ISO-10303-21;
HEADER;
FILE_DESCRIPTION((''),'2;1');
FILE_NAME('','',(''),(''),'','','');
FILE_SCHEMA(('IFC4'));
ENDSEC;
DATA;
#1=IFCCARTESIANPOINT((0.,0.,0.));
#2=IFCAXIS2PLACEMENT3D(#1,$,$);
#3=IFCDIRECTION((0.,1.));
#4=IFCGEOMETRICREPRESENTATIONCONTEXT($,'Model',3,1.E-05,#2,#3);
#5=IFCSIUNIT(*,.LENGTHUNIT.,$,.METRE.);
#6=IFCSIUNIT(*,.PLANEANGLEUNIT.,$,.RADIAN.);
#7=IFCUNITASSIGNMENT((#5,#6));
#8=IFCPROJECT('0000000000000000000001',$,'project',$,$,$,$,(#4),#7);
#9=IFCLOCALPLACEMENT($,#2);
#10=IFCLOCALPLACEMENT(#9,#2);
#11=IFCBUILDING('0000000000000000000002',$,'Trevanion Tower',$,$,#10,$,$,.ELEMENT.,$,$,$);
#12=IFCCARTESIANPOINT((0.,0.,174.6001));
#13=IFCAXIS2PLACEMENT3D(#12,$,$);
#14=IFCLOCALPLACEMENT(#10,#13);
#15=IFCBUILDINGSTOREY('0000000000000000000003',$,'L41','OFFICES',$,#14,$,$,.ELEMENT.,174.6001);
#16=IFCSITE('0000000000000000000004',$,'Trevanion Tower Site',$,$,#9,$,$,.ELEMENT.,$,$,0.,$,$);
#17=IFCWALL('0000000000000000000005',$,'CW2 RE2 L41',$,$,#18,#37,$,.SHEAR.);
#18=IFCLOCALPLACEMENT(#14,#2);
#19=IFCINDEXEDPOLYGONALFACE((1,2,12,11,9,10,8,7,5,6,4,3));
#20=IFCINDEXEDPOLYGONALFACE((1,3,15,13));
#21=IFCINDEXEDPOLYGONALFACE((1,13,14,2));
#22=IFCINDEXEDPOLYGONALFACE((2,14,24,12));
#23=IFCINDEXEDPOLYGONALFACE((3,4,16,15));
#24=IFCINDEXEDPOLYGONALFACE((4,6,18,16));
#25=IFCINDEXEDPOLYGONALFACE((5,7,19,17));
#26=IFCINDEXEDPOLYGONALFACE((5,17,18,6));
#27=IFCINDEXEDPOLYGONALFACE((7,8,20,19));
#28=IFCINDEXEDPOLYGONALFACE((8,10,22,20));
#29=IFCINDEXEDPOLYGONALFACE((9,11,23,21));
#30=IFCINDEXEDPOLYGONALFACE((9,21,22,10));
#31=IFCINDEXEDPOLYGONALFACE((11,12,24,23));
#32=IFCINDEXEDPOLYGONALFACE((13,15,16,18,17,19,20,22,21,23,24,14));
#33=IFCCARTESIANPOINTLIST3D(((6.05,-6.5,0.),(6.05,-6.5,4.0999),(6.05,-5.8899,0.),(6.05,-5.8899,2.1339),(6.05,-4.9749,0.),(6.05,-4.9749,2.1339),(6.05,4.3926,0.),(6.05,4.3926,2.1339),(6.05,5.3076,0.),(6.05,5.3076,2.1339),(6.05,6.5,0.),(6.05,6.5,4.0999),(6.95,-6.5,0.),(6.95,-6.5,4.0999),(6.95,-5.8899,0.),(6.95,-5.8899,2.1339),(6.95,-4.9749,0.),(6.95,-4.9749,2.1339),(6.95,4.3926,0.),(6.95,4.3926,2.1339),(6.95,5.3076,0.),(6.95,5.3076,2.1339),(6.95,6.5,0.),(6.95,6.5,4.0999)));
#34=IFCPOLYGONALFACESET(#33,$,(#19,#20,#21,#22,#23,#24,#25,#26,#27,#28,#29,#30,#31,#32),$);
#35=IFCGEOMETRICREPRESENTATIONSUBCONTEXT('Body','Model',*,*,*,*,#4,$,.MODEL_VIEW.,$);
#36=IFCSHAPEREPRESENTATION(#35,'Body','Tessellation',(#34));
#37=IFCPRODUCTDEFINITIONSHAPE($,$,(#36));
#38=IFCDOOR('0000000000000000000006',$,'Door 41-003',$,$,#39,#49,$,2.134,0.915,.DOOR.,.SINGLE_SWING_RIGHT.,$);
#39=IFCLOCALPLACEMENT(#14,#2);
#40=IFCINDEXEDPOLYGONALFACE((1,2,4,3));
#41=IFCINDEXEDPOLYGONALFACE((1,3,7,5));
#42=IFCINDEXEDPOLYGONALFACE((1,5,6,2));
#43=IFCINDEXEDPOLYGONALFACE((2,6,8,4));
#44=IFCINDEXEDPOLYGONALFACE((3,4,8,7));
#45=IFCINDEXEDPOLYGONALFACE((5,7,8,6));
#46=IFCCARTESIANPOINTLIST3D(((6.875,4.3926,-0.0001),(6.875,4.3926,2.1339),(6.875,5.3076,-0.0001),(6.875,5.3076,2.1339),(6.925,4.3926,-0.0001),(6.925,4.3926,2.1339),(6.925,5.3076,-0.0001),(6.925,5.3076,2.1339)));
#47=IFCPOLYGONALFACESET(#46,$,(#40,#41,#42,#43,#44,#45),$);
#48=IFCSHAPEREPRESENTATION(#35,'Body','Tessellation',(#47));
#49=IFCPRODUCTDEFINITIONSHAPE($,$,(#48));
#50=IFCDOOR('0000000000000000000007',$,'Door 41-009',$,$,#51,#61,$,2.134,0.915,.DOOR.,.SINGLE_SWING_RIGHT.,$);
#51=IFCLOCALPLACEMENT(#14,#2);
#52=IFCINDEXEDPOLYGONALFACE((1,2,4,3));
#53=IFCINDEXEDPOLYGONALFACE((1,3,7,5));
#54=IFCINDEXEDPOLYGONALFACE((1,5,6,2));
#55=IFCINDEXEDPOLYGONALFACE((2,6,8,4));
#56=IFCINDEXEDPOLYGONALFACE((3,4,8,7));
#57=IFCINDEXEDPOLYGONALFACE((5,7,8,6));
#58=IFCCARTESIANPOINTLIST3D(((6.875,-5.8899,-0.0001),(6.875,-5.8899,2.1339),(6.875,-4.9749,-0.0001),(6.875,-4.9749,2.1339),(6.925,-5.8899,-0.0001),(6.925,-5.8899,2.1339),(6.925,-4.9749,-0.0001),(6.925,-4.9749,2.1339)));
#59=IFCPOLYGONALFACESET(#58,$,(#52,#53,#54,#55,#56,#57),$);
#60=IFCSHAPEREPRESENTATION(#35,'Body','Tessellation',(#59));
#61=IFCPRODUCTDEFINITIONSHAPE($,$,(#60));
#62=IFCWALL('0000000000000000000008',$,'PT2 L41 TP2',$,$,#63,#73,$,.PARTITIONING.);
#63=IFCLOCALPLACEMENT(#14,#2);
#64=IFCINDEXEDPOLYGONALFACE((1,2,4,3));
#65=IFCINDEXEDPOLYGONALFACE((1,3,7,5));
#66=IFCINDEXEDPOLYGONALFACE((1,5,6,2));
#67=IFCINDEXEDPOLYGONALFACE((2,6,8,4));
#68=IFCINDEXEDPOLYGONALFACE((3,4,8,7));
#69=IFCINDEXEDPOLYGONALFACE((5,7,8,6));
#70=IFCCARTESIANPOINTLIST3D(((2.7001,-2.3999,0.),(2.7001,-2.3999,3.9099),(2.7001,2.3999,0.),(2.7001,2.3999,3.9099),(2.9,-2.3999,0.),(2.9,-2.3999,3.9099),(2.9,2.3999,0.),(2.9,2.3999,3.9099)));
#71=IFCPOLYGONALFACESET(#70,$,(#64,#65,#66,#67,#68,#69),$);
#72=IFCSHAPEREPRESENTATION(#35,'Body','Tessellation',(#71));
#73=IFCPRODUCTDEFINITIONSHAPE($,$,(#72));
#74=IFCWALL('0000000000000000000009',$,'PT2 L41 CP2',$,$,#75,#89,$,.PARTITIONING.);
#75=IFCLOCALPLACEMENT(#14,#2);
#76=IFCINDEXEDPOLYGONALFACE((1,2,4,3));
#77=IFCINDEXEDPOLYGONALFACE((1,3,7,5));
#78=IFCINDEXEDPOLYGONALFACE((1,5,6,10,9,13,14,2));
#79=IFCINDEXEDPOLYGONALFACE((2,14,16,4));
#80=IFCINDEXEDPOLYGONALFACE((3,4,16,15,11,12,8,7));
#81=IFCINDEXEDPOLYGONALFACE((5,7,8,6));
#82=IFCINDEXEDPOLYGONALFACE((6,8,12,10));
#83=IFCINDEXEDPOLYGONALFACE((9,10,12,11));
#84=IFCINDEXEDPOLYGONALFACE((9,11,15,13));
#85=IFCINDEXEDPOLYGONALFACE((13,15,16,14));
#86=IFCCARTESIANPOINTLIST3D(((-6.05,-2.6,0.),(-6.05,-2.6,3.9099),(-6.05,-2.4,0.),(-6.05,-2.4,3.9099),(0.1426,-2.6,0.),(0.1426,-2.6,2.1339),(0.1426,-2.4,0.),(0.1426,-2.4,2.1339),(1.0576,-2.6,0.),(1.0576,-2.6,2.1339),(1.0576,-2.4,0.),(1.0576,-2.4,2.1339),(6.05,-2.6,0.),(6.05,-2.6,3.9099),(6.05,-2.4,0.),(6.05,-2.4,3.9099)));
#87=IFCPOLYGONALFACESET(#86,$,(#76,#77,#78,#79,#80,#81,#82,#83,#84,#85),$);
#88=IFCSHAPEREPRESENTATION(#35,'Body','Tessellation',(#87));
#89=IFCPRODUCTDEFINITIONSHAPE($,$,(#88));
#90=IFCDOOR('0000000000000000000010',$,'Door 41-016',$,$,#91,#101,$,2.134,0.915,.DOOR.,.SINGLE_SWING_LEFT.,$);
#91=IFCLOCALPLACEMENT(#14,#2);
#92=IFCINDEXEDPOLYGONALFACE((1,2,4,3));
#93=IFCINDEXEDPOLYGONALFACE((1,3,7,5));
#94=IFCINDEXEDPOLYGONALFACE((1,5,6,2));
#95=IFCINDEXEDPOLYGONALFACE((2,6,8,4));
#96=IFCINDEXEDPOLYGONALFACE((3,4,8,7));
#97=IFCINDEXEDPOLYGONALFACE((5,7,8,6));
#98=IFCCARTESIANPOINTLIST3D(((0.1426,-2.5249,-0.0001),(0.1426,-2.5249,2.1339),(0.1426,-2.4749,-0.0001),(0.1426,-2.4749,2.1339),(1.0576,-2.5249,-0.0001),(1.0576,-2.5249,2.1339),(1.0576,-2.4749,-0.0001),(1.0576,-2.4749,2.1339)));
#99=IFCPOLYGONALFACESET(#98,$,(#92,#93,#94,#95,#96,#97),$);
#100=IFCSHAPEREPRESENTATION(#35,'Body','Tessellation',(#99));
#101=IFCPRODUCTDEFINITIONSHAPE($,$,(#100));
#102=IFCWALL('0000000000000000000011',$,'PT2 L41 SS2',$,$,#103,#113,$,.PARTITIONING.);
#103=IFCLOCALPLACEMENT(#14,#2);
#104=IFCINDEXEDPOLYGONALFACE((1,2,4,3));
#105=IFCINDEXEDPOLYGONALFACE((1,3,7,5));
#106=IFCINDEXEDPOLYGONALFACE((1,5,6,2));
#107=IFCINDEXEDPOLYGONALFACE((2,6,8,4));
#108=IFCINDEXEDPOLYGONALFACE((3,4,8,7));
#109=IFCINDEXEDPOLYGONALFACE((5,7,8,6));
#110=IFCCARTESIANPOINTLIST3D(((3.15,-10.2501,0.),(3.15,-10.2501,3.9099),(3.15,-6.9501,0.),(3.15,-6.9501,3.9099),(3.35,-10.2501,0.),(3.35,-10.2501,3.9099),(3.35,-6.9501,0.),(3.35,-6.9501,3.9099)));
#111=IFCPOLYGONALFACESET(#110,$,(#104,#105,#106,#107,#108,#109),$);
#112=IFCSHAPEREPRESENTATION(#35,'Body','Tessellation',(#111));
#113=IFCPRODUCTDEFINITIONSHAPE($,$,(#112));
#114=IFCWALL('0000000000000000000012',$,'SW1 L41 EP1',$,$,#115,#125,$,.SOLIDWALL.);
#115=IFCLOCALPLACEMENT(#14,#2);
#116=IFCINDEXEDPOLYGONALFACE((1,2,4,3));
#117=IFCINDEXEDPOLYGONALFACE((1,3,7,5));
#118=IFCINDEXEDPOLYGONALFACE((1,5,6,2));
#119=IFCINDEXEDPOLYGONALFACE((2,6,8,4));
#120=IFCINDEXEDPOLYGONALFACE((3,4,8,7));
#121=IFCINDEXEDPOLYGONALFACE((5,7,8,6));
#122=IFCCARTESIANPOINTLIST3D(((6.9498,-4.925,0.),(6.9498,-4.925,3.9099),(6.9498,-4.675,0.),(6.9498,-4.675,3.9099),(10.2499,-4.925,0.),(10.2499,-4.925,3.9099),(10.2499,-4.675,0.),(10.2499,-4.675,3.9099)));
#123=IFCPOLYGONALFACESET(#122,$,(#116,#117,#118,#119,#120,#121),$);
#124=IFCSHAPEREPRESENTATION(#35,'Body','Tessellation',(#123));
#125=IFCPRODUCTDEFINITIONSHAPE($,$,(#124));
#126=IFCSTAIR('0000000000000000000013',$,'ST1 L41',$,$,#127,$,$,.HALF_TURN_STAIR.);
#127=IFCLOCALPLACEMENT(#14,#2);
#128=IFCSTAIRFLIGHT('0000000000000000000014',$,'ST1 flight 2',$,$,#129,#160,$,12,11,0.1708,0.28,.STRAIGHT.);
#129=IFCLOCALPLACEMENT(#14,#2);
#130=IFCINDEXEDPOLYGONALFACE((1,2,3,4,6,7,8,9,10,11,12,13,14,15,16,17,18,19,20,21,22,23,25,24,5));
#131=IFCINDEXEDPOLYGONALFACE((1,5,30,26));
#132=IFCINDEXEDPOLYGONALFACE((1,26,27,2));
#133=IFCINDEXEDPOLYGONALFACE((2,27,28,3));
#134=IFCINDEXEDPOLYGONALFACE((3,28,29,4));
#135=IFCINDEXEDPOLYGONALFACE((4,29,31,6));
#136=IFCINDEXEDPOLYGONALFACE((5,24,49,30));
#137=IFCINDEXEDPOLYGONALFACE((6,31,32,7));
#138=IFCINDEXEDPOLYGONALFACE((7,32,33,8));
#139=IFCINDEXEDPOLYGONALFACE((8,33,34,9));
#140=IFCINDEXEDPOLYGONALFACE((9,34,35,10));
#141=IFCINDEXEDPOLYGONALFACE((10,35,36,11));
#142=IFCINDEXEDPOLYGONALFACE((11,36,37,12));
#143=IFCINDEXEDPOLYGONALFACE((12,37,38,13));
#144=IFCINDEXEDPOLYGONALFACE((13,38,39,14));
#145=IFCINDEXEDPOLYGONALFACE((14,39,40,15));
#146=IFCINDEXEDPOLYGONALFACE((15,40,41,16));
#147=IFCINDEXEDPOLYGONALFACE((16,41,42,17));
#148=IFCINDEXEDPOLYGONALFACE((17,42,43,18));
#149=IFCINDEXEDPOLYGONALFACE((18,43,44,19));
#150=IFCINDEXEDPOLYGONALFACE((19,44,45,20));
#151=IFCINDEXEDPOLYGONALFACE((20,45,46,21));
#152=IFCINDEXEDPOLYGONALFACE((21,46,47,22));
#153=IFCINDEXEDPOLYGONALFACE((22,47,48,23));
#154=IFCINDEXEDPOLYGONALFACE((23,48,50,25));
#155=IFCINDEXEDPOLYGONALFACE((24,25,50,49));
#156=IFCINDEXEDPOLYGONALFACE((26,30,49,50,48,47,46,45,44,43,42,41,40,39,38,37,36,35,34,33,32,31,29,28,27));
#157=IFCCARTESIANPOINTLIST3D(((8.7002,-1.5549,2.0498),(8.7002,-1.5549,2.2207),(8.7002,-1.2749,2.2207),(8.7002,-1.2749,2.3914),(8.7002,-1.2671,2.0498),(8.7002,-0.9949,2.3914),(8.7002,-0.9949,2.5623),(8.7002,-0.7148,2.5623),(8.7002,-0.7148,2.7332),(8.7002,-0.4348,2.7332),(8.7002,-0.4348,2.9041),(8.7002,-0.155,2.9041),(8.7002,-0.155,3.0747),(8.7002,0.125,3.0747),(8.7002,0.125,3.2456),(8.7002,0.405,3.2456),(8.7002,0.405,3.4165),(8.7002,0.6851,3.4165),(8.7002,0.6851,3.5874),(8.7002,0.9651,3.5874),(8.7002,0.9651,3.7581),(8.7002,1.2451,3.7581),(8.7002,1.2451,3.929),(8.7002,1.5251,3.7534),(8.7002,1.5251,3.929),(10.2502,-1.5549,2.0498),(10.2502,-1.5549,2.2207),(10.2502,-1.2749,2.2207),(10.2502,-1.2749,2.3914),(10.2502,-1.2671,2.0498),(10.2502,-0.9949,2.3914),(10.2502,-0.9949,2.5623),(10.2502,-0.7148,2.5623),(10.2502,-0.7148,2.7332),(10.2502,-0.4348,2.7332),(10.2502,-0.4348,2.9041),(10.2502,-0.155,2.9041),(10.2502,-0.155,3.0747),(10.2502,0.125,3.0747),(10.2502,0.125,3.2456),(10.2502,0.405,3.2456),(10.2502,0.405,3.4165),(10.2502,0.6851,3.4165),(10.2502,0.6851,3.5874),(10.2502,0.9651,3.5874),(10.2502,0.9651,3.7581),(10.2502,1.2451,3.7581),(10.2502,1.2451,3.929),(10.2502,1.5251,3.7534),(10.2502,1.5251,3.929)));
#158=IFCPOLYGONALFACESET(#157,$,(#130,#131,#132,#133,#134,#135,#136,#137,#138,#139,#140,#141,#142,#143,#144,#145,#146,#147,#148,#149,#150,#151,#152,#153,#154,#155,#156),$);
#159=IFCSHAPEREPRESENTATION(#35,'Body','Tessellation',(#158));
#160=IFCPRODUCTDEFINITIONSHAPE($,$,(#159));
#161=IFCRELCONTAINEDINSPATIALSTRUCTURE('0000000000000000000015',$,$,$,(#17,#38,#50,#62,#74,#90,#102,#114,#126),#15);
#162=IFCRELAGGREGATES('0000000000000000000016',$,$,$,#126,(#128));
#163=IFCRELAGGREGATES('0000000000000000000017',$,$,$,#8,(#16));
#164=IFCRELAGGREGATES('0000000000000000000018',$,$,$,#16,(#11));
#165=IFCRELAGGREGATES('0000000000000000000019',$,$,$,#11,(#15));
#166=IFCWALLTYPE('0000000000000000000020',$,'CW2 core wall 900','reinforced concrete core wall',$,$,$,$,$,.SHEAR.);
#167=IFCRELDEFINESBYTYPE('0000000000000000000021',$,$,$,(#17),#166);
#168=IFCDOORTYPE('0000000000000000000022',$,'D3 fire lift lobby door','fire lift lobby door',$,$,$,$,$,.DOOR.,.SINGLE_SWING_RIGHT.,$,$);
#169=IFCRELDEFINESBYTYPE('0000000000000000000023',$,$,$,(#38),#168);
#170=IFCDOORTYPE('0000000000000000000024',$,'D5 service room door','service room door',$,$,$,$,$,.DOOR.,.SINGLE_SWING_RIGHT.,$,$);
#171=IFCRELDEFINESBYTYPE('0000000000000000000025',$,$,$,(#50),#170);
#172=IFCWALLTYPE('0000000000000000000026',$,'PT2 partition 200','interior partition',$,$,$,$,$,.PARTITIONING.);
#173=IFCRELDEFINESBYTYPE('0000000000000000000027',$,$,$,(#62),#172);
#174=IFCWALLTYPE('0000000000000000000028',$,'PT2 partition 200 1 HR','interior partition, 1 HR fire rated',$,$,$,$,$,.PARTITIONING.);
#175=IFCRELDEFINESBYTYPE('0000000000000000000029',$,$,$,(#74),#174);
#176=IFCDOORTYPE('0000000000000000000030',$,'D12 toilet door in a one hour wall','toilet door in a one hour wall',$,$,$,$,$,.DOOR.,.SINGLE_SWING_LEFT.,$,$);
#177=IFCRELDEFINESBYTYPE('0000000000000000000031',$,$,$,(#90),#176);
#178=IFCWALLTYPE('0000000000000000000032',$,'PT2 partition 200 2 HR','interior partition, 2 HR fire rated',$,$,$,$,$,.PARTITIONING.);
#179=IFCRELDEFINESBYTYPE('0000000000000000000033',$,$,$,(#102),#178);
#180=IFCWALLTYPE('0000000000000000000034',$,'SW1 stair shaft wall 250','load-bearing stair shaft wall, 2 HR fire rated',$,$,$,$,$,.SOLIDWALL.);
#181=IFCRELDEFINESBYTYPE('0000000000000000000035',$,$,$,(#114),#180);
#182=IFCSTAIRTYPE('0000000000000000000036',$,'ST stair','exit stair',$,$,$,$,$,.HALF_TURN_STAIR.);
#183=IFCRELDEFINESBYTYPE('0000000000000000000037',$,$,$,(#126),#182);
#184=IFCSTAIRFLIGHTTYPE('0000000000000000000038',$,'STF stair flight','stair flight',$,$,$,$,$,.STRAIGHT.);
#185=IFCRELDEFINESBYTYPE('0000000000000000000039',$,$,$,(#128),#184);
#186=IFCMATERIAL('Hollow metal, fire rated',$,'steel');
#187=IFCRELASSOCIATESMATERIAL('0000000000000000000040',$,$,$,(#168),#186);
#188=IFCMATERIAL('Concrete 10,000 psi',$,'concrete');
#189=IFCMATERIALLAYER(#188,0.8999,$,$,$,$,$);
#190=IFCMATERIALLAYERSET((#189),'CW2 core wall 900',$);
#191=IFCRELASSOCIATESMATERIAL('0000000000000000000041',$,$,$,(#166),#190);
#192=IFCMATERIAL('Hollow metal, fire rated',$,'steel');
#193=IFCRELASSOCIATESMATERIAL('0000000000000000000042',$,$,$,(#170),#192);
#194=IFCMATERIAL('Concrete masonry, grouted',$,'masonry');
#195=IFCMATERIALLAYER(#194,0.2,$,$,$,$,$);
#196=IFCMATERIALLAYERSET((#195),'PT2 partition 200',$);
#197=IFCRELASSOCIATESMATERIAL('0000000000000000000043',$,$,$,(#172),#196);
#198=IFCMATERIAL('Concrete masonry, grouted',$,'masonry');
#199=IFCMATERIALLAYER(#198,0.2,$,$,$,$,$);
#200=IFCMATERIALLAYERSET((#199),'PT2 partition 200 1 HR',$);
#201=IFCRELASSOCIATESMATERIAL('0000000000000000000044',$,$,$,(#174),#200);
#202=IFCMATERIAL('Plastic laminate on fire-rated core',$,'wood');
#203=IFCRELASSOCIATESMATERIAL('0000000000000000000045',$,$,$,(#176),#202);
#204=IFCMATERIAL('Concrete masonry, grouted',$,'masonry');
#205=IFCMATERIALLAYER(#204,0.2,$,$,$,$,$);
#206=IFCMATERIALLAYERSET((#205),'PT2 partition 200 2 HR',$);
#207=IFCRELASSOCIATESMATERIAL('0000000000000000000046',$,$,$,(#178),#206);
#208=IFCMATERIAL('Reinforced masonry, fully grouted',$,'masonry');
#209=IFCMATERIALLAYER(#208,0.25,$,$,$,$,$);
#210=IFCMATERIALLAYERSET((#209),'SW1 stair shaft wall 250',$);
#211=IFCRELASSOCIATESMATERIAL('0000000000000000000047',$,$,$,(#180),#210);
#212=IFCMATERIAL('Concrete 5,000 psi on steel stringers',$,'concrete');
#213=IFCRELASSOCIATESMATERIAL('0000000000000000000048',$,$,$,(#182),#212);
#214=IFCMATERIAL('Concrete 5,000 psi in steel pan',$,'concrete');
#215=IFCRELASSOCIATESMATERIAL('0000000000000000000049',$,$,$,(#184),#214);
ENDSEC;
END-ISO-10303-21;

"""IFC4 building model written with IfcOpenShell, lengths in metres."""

from ifc_helpers import new_model, si_unit, direction, frame, frame_2d, origin, place, context, subcontext, project, spatial, polyline, rectangle, outline, extrude, material, layer, layer_set, type_object, element, fill, aggregate, save


model = new_model("IFC4")

# Units and contexts
model_context = context("Model", 3, precision=1e-05, world=origin(), true_north=direction((0.0, 1.0)))
body_context = subcontext(model_context, "Body", "Model", "MODEL_VIEW")
ifc_project = project(units=[si_unit("LENGTHUNIT", "METRE"), si_unit("PLANEANGLEUNIT", "RADIAN")], contexts=[model_context])

# Site, building, storey
site_placement = place(None, origin())
site = spatial("IfcSite", under=ifc_project, at=site_placement, Name="Trevanion Tower Site", CompositionType="ELEMENT", RefElevation=0.0)
building_placement = place(site_placement, origin())
building = spatial("IfcBuilding", under=site, at=building_placement, Name="Trevanion Tower", CompositionType="ELEMENT")
storey_placement = place(building_placement, frame((0.0, 0.0, 174.6001)))
storey = spatial("IfcBuildingStorey", under=building, at=storey_placement, Name="L41", Description="OFFICES", CompositionType="ELEMENT", Elevation=174.6001)

# Shared definitions
ifc_material_1 = material(Name="Hollow metal, fire rated", Category="steel")
door_type_1 = type_object("IfcDoorType", Name="D3 fire lift lobby door", Description="fire lift lobby door", OperationType="SINGLE_SWING_RIGHT", PredefinedType="DOOR", material=ifc_material_1)

# Wall, openings, doors
ifc_material_2 = material(Name="Concrete 10,000 psi", Category="concrete")
ifc_layer_1 = layer(ifc_material_2, 0.8999)
ifc_layer_set_1 = layer_set([ifc_layer_1], Name="CW2 core wall 900")
wall_type_1 = type_object("IfcWallType", Name="CW2 core wall 900", Description="reinforced concrete core wall", PredefinedType="SHEAR", material=ifc_layer_set_1)
wall_1_placement = place(storey_placement, frame((6.5, -6.5, 0.0), z_axis=(0.0, 0.0, 1.0), x_axis=(0.0, 1.0, 0.0)))
wall_1 = element("IfcWall", 1, at=wall_1_placement, inside=storey, type_object=wall_type_1, Name="CW2 RE2 L41", PredefinedType="SHEAR", context=body_context, shape_type="SweptSolid", body=[
    extrude(rectangle(XDim=13.0, YDim=0.8999, at=frame_2d((6.5, 0.0))), origin(), (0.0, 0.0, 1.0), 4.0999),
])
opening_1_placement = place(wall_1_placement, frame((10.8926, 0.0, 0.0)))
opening_1 = element("IfcOpeningElement", 2, at=opening_1_placement, cuts=wall_1, PredefinedType="OPENING", context=body_context, shape_type="SweptSolid", body=[
    extrude(rectangle(XDim=0.915, YDim=2.134, at=frame_2d((0.4575, 1.0669))), frame((0.0, 0.46, 0.0), z_axis=(0.0, -1.0, 0.0), x_axis=(1.0, 0.0, 0.0)), (0.0, 0.0, 1.0), 0.9199),
])
opening_2_placement = place(wall_1_placement, frame((0.6101, 0.0, 0.0)))
opening_2 = element("IfcOpeningElement", 3, at=opening_2_placement, cuts=wall_1, PredefinedType="OPENING", context=body_context, shape_type="SweptSolid", body=[
    extrude(rectangle(XDim=0.915, YDim=2.134, at=frame_2d((0.4575, 1.0669))), frame((0.0, 0.46, 0.0), z_axis=(0.0, -1.0, 0.0), x_axis=(1.0, 0.0, 0.0)), (0.0, 0.0, 1.0), 0.9199),
])
door_1_placement = place(opening_1_placement, origin())
door_1 = element("IfcDoor", 4, at=door_1_placement, inside=storey, type_object=door_type_1, Name="Door 41-003", OperationType="SINGLE_SWING_RIGHT", OverallHeight=2.134, OverallWidth=0.915, PredefinedType="DOOR", context=body_context, shape_type="SweptSolid", body=[
    extrude(rectangle(XDim=0.915, YDim=2.134, at=frame_2d((0.4575, 1.0669))), frame((0.0, -0.375, 0.0), z_axis=(0.0, -1.0, 0.0), x_axis=(1.0, 0.0, 0.0)), (0.0, 0.0, 1.0), 0.05),
])
fill(opening_1, door_1)
ifc_material_3 = material(Name="Hollow metal, fire rated", Category="steel")
door_type_2 = type_object("IfcDoorType", Name="D5 service room door", Description="service room door", OperationType="SINGLE_SWING_RIGHT", PredefinedType="DOOR", material=ifc_material_3)
door_2_placement = place(opening_2_placement, origin())
door_2 = element("IfcDoor", 5, at=door_2_placement, inside=storey, type_object=door_type_2, Name="Door 41-009", OperationType="SINGLE_SWING_RIGHT", OverallHeight=2.134, OverallWidth=0.915, PredefinedType="DOOR", context=body_context, shape_type="SweptSolid", body=[
    extrude(rectangle(XDim=0.915, YDim=2.134, at=frame_2d((0.4575, 1.0669))), frame((0.0, -0.375, 0.0), z_axis=(0.0, -1.0, 0.0), x_axis=(1.0, 0.0, 0.0)), (0.0, 0.0, 1.0), 0.05),
])
fill(opening_2, door_2)

# Wall
ifc_material_4 = material(Name="Concrete masonry, grouted", Category="masonry")
ifc_layer_2 = layer(ifc_material_4, 0.2)
ifc_layer_set_2 = layer_set([ifc_layer_2], Name="PT2 partition 200")
wall_type_2 = type_object("IfcWallType", Name="PT2 partition 200", Description="interior partition", PredefinedType="PARTITIONING", material=ifc_layer_set_2)
wall_2_placement = place(storey_placement, frame((2.8, -2.3999, 0.0), z_axis=(0.0, 0.0, 1.0), x_axis=(0.0, 1.0, 0.0)))
element("IfcWall", 6, at=wall_2_placement, inside=storey, type_object=wall_type_2, Name="PT2 L41 TP2", PredefinedType="PARTITIONING", context=body_context, shape_type="SweptSolid", body=[
    extrude(rectangle(XDim=4.7998, YDim=0.2, at=frame_2d((2.3999, 0.0))), origin(), (0.0, 0.0, 1.0), 3.9099),
])

# Wall, opening, door
ifc_material_5 = material(Name="Concrete masonry, grouted", Category="masonry")
ifc_layer_3 = layer(ifc_material_5, 0.2)
ifc_layer_set_3 = layer_set([ifc_layer_3], Name="PT2 partition 200 1 HR")
wall_type_3 = type_object("IfcWallType", Name="PT2 partition 200 1 HR", Description="interior partition, 1 HR fire rated", PredefinedType="PARTITIONING", material=ifc_layer_set_3)
wall_3_placement = place(storey_placement, frame((6.05, -2.5, 0.0), z_axis=(0.0, 0.0, 1.0), x_axis=(-1.0, 0.0, 0.0)))
wall_3 = element("IfcWall", 7, at=wall_3_placement, inside=storey, type_object=wall_type_3, Name="PT2 L41 CP2", PredefinedType="PARTITIONING", context=body_context, shape_type="SweptSolid", body=[
    extrude(rectangle(XDim=12.1001, YDim=0.2, at=frame_2d((6.05, 0.0))), origin(), (0.0, 0.0, 1.0), 3.9099),
])
opening_3_placement = place(wall_3_placement, frame((4.9924, 0.0, 0.0)))
opening_3 = element("IfcOpeningElement", 8, at=opening_3_placement, cuts=wall_3, PredefinedType="OPENING", context=body_context, shape_type="SweptSolid", body=[
    extrude(rectangle(XDim=0.915, YDim=2.134, at=frame_2d((0.4575, 1.0669))), frame((0.0, 0.1099, 0.0), z_axis=(0.0, -1.0, 0.0), x_axis=(1.0, 0.0, 0.0)), (0.0, 0.0, 1.0), 0.22),
])
ifc_material_6 = material(Name="Plastic laminate on fire-rated core", Category="wood")
door_type_3 = type_object("IfcDoorType", Name="D12 toilet door in a one hour wall", Description="toilet door in a one hour wall", OperationType="SINGLE_SWING_LEFT", PredefinedType="DOOR", material=ifc_material_6)
door_3_placement = place(opening_3_placement, origin())
door_3 = element("IfcDoor", 9, at=door_3_placement, inside=storey, type_object=door_type_3, Name="Door 41-016", OperationType="SINGLE_SWING_LEFT", OverallHeight=2.134, OverallWidth=0.915, PredefinedType="DOOR", context=body_context, shape_type="SweptSolid", body=[
    extrude(rectangle(XDim=0.915, YDim=2.134, at=frame_2d((0.4575, 1.0669))), frame((0.0, 0.0249, 0.0), z_axis=(0.0, -1.0, 0.0), x_axis=(1.0, 0.0, 0.0)), (0.0, 0.0, 1.0), 0.05),
])
fill(opening_3, door_3)

# Walls
ifc_material_7 = material(Name="Concrete masonry, grouted", Category="masonry")
ifc_layer_4 = layer(ifc_material_7, 0.2)
ifc_layer_set_4 = layer_set([ifc_layer_4], Name="PT2 partition 200 2 HR")
wall_type_4 = type_object("IfcWallType", Name="PT2 partition 200 2 HR", Description="interior partition, 2 HR fire rated", PredefinedType="PARTITIONING", material=ifc_layer_set_4)
wall_4_placement = place(storey_placement, frame((3.25, -10.25, 0.0), z_axis=(0.0, 0.0, 1.0), x_axis=(0.0, 1.0, 0.0)))
element("IfcWall", 10, at=wall_4_placement, inside=storey, type_object=wall_type_4, Name="PT2 L41 SS2", PredefinedType="PARTITIONING", context=body_context, shape_type="SweptSolid", body=[
    extrude(rectangle(XDim=3.3, YDim=0.2, at=frame_2d((1.6499, 0.0))), origin(), (0.0, 0.0, 1.0), 3.9099),
])
ifc_material_8 = material(Name="Reinforced masonry, fully grouted", Category="masonry")
ifc_layer_5 = layer(ifc_material_8, 0.25)
ifc_layer_set_5 = layer_set([ifc_layer_5], Name="SW1 stair shaft wall 250")
wall_type_5 = type_object("IfcWallType", Name="SW1 stair shaft wall 250", Description="load-bearing stair shaft wall, 2 HR fire rated", PredefinedType="SOLIDWALL", material=ifc_layer_set_5)
wall_5_placement = place(storey_placement, frame((6.95, -4.8, 0.0), z_axis=(0.0, 0.0, 1.0), x_axis=(1.0, 0.0, 0.0)))
element("IfcWall", 11, at=wall_5_placement, inside=storey, type_object=wall_type_5, Name="SW1 L41 EP1", PredefinedType="SOLIDWALL", context=body_context, shape_type="SweptSolid", body=[
    extrude(rectangle(XDim=3.3, YDim=0.25, at=frame_2d((1.6499, 0.0))), origin(), (0.0, 0.0, 1.0), 3.9099),
])

# Stair, stair flight
ifc_material_9 = material(Name="Concrete 5,000 psi on steel stringers", Category="concrete")
stair_type = type_object("IfcStairType", Name="ST stair", Description="exit stair", PredefinedType="HALF_TURN_STAIR", material=ifc_material_9)
stair_placement = place(storey_placement, origin())
stair = element("IfcStair", 12, at=stair_placement, inside=storey, type_object=stair_type, Name="ST1 L41", PredefinedType="HALF_TURN_STAIR")
ifc_material_10 = material(Name="Concrete 5,000 psi in steel pan", Category="concrete")
stair_flight_type = type_object("IfcStairFlightType", Name="STF stair flight", Description="stair flight", PredefinedType="STRAIGHT", material=ifc_material_10)
stair_flight_placement = place(storey_placement, frame((9.4751, -1.5549, 2.0498), z_axis=(0.0, 0.0, 1.0), x_axis=(0.0, 1.0, 0.0)))
stair_flight = element("IfcStairFlight", 13, at=stair_flight_placement, type_object=stair_flight_type, Name="ST1 flight 2", NumberOfRisers=12, NumberOfTreads=11, PredefinedType="STRAIGHT", RiserHeight=0.1708, TreadLength=0.28, context=body_context, shape_type="SweptSolid", body=[
    extrude(outline(polyline([(0.0, 0.0), (0.0, 0.1709), (0.28, 0.1709), (0.28, 0.3416), (0.5601, 0.3416), (0.5601, 0.5125), (0.8401, 0.5125), (0.8401, 0.6833), (1.1201, 0.6833), (1.1201, 0.8542), (1.3999, 0.8542), (1.3999, 1.0249), (1.6799, 1.0249), (1.6799, 1.1958), (1.96, 1.1958), (1.96, 1.3667), (2.24, 1.3667), (2.24, 1.5376), (2.52, 1.5376), (2.52, 1.7083), (2.8, 1.7083), (2.8, 1.8792), (3.0801, 1.8792), (3.0801, 2.05), (3.0801, 1.7036), (0.2878, 0.0), (0.0, 0.0)])), frame((0.0, 0.7749, 0.0), z_axis=(0.0, -1.0, 0.0), x_axis=(1.0, 0.0, 0.0)), (0.0, 0.0, 1.0), 1.55),
])
aggregate(stair, [stair_flight])

save(model, "model.ifc")
